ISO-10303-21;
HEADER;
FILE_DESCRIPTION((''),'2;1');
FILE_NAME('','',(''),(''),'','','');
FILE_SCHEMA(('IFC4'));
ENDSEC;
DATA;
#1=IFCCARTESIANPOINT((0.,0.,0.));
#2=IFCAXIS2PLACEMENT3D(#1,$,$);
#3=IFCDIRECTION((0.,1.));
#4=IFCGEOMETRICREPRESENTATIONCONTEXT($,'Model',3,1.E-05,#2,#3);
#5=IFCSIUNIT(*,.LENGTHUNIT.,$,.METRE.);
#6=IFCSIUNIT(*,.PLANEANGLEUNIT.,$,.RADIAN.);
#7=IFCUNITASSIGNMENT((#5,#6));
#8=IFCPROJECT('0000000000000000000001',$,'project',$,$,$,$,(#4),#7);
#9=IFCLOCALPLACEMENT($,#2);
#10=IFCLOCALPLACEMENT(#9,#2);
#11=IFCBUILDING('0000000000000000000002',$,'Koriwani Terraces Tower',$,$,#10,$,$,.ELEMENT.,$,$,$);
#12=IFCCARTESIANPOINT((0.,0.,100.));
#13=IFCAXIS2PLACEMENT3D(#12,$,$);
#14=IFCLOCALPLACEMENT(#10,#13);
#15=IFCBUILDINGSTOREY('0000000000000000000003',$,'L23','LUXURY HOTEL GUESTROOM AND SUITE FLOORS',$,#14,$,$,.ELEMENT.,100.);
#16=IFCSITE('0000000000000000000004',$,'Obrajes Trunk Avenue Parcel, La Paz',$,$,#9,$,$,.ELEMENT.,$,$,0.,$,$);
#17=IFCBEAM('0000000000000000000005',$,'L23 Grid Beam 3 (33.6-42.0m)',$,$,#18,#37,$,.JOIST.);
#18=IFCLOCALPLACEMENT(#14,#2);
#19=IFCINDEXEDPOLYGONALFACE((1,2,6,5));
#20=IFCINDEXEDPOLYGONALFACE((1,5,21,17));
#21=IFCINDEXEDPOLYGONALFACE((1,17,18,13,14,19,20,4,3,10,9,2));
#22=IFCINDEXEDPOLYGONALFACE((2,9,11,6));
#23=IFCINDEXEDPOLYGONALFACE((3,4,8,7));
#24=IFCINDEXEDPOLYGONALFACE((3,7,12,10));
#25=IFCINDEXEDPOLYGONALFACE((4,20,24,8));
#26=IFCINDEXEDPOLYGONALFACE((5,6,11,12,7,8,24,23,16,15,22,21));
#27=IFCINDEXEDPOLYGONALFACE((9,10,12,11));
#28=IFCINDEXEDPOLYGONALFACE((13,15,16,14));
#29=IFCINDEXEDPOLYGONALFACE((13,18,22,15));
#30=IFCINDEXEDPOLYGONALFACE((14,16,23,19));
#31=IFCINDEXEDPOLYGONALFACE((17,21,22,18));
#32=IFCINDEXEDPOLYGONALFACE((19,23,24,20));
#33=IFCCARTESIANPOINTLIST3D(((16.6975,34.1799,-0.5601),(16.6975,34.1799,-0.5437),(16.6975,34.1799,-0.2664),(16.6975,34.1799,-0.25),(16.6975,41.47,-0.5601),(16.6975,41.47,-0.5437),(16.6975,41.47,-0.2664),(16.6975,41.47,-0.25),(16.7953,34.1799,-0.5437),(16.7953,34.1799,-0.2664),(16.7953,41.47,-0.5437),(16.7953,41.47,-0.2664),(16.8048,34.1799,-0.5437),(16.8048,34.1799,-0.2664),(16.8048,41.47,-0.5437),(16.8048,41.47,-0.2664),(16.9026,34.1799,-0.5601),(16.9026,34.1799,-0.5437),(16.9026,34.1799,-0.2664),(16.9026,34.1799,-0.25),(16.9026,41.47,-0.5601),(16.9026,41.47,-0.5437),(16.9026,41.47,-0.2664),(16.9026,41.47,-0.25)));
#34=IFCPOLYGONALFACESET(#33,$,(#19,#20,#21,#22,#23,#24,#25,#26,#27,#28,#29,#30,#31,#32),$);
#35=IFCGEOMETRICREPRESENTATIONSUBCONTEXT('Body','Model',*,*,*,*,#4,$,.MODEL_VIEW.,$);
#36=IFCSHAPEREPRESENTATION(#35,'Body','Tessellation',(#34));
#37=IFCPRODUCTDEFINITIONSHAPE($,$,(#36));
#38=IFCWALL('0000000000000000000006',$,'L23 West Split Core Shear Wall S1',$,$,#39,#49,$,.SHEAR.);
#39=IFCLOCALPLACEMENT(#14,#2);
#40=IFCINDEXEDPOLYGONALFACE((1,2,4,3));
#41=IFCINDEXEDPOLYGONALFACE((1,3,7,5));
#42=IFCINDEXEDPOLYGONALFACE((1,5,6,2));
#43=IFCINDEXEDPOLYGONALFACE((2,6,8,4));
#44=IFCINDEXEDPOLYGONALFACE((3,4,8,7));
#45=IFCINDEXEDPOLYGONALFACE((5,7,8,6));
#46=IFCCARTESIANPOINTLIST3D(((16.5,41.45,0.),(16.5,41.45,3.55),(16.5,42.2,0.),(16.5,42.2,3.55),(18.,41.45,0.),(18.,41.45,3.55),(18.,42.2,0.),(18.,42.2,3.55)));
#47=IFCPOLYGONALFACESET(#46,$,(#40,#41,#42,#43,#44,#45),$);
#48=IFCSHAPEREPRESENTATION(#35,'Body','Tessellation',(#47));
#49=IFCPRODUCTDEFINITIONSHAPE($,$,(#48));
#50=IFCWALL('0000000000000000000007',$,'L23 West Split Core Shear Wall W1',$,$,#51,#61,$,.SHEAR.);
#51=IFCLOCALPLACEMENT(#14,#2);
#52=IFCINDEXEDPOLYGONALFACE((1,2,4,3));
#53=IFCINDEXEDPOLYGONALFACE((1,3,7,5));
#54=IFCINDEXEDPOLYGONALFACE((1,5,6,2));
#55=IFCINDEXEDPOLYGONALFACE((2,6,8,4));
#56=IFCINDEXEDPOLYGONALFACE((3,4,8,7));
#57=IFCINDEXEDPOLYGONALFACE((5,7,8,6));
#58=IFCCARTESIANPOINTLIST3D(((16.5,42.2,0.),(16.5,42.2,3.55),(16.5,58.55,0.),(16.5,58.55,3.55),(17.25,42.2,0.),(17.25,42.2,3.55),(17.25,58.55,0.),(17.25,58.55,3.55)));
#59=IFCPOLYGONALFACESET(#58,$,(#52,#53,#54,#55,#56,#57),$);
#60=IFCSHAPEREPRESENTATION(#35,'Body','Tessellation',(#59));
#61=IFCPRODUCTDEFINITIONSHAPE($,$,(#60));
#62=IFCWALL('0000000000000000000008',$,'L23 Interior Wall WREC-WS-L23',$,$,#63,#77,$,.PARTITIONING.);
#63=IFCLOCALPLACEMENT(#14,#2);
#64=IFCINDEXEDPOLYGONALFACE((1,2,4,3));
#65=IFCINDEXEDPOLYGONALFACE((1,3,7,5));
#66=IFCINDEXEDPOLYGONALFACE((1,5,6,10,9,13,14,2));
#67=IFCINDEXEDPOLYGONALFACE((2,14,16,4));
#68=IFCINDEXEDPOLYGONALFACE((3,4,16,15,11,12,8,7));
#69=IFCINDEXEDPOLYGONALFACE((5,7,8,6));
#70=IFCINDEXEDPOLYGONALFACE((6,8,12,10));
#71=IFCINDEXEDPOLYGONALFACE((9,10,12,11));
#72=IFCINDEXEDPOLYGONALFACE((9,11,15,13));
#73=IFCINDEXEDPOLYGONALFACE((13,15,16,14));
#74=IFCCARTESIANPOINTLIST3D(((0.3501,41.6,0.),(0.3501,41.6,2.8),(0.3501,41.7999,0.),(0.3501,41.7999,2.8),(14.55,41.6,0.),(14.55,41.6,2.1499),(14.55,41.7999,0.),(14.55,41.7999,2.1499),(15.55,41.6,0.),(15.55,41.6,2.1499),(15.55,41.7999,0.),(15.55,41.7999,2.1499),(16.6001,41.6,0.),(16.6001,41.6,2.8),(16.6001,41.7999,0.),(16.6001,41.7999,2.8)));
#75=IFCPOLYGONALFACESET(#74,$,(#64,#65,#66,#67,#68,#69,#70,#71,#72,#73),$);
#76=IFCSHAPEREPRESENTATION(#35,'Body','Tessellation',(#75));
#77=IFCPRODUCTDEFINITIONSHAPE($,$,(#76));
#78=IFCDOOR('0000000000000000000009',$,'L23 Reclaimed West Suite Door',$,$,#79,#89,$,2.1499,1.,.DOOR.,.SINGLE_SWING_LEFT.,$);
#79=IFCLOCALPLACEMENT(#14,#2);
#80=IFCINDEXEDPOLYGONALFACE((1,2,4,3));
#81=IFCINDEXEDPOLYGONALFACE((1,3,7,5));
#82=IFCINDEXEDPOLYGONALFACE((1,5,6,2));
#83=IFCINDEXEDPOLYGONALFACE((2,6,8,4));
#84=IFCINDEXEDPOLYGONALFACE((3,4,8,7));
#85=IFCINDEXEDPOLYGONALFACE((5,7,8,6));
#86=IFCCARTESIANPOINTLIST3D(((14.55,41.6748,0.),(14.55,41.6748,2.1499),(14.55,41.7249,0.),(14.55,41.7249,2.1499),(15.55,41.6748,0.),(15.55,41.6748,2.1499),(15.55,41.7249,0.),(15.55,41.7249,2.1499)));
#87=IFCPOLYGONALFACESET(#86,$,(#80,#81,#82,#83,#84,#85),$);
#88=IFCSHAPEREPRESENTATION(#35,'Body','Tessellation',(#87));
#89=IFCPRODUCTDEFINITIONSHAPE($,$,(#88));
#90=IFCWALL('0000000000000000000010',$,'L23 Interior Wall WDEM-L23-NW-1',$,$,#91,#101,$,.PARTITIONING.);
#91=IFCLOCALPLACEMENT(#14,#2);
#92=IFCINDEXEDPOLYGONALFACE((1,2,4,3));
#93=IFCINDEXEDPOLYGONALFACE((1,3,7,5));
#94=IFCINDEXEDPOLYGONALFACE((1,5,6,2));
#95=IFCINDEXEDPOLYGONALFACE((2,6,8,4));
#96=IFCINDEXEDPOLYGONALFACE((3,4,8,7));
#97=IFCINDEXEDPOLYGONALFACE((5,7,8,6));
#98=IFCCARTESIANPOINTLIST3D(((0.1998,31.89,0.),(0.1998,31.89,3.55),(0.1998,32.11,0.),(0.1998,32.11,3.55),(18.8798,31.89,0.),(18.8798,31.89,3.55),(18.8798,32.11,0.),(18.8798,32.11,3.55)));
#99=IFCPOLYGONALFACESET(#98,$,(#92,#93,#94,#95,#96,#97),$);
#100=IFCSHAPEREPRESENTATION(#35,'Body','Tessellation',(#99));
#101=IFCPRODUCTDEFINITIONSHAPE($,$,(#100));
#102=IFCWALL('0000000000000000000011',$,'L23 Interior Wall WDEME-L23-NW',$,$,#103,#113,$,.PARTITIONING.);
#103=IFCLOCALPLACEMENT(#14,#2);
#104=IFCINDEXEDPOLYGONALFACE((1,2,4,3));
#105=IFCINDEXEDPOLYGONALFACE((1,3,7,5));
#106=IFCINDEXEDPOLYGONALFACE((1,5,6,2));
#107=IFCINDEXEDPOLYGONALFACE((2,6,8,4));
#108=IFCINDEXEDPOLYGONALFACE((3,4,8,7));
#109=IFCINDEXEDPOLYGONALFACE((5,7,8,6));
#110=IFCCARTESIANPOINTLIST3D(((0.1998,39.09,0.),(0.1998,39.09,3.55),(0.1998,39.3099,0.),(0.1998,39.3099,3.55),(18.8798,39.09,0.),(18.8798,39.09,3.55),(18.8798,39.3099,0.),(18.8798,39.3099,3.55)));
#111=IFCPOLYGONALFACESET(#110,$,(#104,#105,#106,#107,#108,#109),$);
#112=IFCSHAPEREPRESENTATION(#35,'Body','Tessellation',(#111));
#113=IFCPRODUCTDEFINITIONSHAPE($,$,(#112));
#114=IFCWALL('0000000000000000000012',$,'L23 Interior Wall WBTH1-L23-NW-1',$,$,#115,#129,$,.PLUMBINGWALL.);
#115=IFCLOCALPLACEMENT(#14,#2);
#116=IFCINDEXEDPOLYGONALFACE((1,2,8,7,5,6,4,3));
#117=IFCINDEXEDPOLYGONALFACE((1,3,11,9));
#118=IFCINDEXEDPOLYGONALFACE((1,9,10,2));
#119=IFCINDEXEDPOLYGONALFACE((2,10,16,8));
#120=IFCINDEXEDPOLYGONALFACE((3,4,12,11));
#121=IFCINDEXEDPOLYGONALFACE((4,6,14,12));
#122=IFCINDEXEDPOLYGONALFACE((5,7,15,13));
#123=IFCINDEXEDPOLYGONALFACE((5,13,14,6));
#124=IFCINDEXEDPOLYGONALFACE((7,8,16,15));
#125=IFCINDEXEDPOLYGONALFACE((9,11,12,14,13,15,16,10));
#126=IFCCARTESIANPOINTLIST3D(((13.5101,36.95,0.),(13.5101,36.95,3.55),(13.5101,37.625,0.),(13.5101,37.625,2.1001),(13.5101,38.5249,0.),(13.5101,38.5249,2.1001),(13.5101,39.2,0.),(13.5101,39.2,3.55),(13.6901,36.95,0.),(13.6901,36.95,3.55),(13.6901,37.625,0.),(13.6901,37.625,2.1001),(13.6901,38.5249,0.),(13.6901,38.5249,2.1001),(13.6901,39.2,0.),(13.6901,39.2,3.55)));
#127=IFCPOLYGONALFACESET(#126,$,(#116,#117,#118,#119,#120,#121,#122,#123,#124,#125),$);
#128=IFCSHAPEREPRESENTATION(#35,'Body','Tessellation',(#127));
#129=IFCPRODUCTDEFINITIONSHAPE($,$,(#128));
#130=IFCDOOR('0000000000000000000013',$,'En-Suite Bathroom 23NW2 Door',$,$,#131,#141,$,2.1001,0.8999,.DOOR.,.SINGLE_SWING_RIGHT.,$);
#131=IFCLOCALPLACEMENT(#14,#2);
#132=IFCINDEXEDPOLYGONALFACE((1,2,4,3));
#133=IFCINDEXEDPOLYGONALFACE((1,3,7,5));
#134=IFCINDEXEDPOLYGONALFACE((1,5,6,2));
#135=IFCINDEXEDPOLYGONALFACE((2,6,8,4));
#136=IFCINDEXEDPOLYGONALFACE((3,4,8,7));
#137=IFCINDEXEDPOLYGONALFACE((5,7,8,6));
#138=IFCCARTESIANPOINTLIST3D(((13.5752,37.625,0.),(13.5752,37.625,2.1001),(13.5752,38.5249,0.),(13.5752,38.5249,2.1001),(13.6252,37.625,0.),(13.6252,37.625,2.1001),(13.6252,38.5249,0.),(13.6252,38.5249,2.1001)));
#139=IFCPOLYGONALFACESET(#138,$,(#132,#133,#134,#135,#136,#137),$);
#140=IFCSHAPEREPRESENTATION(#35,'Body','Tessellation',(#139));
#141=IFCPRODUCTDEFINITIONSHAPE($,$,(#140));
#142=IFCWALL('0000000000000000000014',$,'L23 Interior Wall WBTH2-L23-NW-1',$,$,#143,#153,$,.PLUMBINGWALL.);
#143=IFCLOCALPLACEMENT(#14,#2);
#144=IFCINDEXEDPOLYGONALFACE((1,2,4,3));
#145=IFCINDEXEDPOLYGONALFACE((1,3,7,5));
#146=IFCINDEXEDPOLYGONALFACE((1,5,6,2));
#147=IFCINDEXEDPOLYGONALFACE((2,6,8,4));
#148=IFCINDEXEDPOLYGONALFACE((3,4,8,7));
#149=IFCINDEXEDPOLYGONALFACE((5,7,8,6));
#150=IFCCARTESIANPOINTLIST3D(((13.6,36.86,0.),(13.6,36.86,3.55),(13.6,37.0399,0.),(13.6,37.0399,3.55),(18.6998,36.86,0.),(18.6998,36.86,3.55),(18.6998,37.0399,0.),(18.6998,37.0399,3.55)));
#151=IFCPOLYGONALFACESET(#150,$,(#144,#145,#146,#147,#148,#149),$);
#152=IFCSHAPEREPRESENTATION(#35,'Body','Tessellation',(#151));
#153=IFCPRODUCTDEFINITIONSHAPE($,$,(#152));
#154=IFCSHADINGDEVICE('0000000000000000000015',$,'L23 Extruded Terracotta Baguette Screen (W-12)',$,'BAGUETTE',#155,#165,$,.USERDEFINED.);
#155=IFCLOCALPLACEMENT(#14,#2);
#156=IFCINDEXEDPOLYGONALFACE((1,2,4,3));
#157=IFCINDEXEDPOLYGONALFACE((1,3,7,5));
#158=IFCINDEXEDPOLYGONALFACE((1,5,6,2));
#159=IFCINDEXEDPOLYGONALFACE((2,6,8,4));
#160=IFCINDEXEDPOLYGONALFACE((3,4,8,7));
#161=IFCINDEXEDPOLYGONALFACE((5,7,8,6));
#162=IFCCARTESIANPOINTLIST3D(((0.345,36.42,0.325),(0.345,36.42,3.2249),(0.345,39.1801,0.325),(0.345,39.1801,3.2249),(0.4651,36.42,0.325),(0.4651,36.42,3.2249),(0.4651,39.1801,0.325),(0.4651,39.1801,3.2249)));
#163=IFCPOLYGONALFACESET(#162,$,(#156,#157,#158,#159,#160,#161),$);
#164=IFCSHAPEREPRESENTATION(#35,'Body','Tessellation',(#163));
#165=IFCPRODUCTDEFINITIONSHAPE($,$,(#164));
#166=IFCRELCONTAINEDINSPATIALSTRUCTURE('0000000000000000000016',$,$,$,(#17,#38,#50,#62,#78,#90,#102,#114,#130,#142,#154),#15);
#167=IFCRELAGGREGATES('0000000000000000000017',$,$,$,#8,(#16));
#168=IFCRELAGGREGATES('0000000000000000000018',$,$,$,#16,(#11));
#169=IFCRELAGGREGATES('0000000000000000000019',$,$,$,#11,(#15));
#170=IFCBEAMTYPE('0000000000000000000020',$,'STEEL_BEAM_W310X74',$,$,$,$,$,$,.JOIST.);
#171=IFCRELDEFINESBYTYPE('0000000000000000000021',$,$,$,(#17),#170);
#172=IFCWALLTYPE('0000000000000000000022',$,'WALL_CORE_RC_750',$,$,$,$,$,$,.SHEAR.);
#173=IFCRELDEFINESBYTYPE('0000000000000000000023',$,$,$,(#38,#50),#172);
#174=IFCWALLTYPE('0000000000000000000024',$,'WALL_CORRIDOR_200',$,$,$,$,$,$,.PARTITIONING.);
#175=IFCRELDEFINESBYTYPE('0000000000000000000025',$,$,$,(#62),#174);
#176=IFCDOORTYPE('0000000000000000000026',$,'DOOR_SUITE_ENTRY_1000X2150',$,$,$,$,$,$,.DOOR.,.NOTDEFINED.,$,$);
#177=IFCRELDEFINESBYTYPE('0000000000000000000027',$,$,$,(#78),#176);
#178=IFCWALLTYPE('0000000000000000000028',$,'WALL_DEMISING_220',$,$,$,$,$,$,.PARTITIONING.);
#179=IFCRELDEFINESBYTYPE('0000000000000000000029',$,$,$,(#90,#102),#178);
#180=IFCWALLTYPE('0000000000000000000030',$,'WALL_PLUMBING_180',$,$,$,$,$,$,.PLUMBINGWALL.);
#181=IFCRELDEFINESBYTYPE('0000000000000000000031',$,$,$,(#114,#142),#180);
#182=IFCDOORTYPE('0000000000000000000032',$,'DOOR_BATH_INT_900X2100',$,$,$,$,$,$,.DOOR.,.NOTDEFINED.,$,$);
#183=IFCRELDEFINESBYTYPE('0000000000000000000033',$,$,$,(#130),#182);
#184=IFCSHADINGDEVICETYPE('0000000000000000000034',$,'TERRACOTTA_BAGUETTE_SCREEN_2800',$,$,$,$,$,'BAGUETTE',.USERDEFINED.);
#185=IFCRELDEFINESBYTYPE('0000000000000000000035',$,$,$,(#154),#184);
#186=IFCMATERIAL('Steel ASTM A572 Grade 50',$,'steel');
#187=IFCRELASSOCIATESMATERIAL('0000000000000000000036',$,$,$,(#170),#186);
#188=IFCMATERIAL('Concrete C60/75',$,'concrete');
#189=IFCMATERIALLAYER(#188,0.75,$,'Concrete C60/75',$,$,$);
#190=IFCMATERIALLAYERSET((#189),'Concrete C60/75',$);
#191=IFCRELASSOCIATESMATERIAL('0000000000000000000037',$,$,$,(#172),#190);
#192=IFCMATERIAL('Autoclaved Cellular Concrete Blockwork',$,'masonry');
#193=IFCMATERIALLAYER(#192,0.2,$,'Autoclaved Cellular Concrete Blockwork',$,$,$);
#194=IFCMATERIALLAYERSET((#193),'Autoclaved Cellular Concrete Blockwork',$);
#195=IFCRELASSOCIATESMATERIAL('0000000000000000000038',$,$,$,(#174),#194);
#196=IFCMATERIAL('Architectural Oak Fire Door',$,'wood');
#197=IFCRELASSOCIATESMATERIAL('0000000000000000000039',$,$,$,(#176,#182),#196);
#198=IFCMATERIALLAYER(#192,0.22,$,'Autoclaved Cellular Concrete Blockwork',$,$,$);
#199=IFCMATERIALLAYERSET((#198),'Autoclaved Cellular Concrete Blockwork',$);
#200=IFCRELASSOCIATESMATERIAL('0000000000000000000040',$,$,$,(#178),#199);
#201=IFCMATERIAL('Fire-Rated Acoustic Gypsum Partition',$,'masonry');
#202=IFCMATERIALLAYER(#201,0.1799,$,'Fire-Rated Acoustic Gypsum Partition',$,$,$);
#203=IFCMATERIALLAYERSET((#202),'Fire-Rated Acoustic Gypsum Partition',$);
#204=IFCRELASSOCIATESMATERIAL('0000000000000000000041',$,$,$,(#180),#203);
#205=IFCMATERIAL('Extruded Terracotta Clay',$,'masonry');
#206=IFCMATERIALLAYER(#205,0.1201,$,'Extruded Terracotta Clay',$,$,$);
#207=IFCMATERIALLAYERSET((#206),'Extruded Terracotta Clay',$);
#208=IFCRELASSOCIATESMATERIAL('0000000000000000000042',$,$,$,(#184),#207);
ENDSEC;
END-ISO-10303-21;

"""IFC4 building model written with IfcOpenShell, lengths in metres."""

from ifc_helpers import new_model, si_unit, direction, frame, frame_2d, origin, origin_2d, place, context, subcontext, project, spatial, rectangle, i_section, extrude, material, layer, layer_set, material_profile, profile_set, type_object, element, fill, save


model = new_model("IFC4")

# Units and contexts
model_context = context("Model", 3, precision=1e-05, world=origin(), true_north=direction((0.0, 1.0)))
body_context = subcontext(model_context, "Body", "Model", "MODEL_VIEW")
ifc_project = project(units=[si_unit("LENGTHUNIT", "METRE"), si_unit("PLANEANGLEUNIT", "RADIAN")], contexts=[model_context])

# Site, building, storey
site_placement = place(None, origin())
site = spatial("IfcSite", under=ifc_project, at=site_placement, Name="Obrajes Trunk Avenue Parcel, La Paz", CompositionType="ELEMENT", RefElevation=0.0)
building_placement = place(site_placement, origin())
building = spatial("IfcBuilding", under=site, at=building_placement, Name="Koriwani Terraces Tower", CompositionType="ELEMENT")
storey_placement = place(building_placement, frame((0.0, 0.0, 100.0)))
storey = spatial("IfcBuildingStorey", under=building, at=storey_placement, Name="L23", Description="LUXURY HOTEL GUESTROOM AND SUITE FLOORS", CompositionType="ELEMENT", Elevation=100.0)

# Shared definitions
ifc_material_1 = material(Name="Concrete C60/75", Category="concrete")

# Beam
ifc_material_2 = material(Name="Steel ASTM A572 Grade 50", Category="steel")
ifc_material_profile_1 = material_profile(ifc_material_2, i_section(OverallWidth=0.2051, OverallDepth=0.3101, WebThickness=0.0095, FlangeThickness=0.0164, at=origin_2d()), Name="Steel ASTM A572 Grade 50", Category="LoadBearing")
ifc_profile_set_1 = profile_set([ifc_material_profile_1], Name="Steel ASTM A572 Grade 50")
beam_type_1 = type_object("IfcBeamType", Name="STEEL_BEAM_W310X74", PredefinedType="JOIST", material=ifc_profile_set_1)
beam_1_placement = place(storey_placement, frame((16.8, 34.1799, -0.405), z_axis=(0.0, 1.0, 0.0), x_axis=(-1.0, 0.0, 0.0)))
element("IfcBeam", 1, at=beam_1_placement, inside=storey, type_object=beam_type_1, Name="L23 Grid Beam 3 (33.6-42.0m)", PredefinedType="JOIST", context=body_context, shape_type="SweptSolid", body=[
    extrude(i_section(OverallWidth=0.2051, OverallDepth=0.3101, WebThickness=0.0095, FlangeThickness=0.0164, at=origin_2d()), origin(), (0.0, 0.0, 1.0), 7.29),
])

# Walls
ifc_layer_1 = layer(ifc_material_1, 0.75, Name="Concrete C60/75")
ifc_layer_set_1 = layer_set([ifc_layer_1], Name="Concrete C60/75")
wall_type_1 = type_object("IfcWallType", Name="WALL_CORE_RC_750", PredefinedType="SHEAR", material=ifc_layer_set_1)
wall_1_placement = place(storey_placement, frame((16.5, 41.825, 0.0), z_axis=(0.0, 0.0, 1.0), x_axis=(1.0, 0.0, 0.0)))
element("IfcWall", 2, at=wall_1_placement, inside=storey, type_object=wall_type_1, Name="L23 West Split Core Shear Wall S1", PredefinedType="SHEAR", context=body_context, shape_type="SweptSolid", body=[
    extrude(rectangle(XDim=1.5, YDim=0.75, at=frame_2d((0.75, 0.0))), origin(), (0.0, 0.0, 1.0), 3.55),
])
wall_2_placement = place(storey_placement, frame((16.875, 42.2, 0.0), z_axis=(0.0, 0.0, 1.0), x_axis=(0.0, 1.0, 0.0)))
element("IfcWall", 3, at=wall_2_placement, inside=storey, type_object=wall_type_1, Name="L23 West Split Core Shear Wall W1", PredefinedType="SHEAR", context=body_context, shape_type="SweptSolid", body=[
    extrude(rectangle(XDim=16.3501, YDim=0.75, at=frame_2d((8.175, 0.0))), origin(), (0.0, 0.0, 1.0), 3.55),
])

# Wall, opening, door
ifc_material_3 = material(Name="Autoclaved Cellular Concrete Blockwork", Category="masonry")
ifc_layer_2 = layer(ifc_material_3, 0.2, Name="Autoclaved Cellular Concrete Blockwork")
ifc_layer_set_2 = layer_set([ifc_layer_2], Name="Autoclaved Cellular Concrete Blockwork")
wall_type_2 = type_object("IfcWallType", Name="WALL_CORRIDOR_200", PredefinedType="PARTITIONING", material=ifc_layer_set_2)
wall_3_placement = place(storey_placement, frame((0.3501, 41.7, 0.0), z_axis=(0.0, 0.0, 1.0), x_axis=(1.0, 0.0, 0.0)))
wall_3 = element("IfcWall", 4, at=wall_3_placement, inside=storey, type_object=wall_type_2, Name="L23 Interior Wall WREC-WS-L23", PredefinedType="PARTITIONING", context=body_context, shape_type="SweptSolid", body=[
    extrude(rectangle(XDim=16.25, YDim=0.2, at=frame_2d((8.125, 0.0))), origin(), (0.0, 0.0, 1.0), 2.8),
])
opening_1_placement = place(wall_3_placement, frame((14.2, 0.0, 0.0)))
opening_1 = element("IfcOpeningElement", 5, at=opening_1_placement, cuts=wall_3, PredefinedType="OPENING", context=body_context, shape_type="SweptSolid", body=[
    extrude(rectangle(XDim=1.0, YDim=2.1499, at=frame_2d((0.5, 1.075))), frame((0.0, 0.1099, 0.0), z_axis=(0.0, -1.0, 0.0), x_axis=(1.0, 0.0, 0.0)), (0.0, 0.0, 1.0), 0.22),
])
ifc_material_4 = material(Name="Architectural Oak Fire Door", Category="wood")
door_type_1 = type_object("IfcDoorType", Name="DOOR_SUITE_ENTRY_1000X2150", OperationType="NOTDEFINED", PredefinedType="DOOR", material=ifc_material_4)
door_1_placement = place(opening_1_placement, origin())
door_1 = element("IfcDoor", 6, at=door_1_placement, inside=storey, type_object=door_type_1, Name="L23 Reclaimed West Suite Door", OperationType="SINGLE_SWING_LEFT", OverallHeight=2.1499, OverallWidth=1.0, PredefinedType="DOOR", context=body_context, shape_type="SweptSolid", body=[
    extrude(rectangle(XDim=1.0, YDim=2.1499, at=frame_2d((0.5, 1.075))), frame((0.0, 0.0249, 0.0), z_axis=(0.0, -1.0, 0.0), x_axis=(1.0, 0.0, 0.0)), (0.0, 0.0, 1.0), 0.05),
])
fill(opening_1, door_1)

# Walls
ifc_layer_3 = layer(ifc_material_3, 0.22, Name="Autoclaved Cellular Concrete Blockwork")
ifc_layer_set_3 = layer_set([ifc_layer_3], Name="Autoclaved Cellular Concrete Blockwork")
wall_type_3 = type_object("IfcWallType", Name="WALL_DEMISING_220", PredefinedType="PARTITIONING", material=ifc_layer_set_3)
for number, where, z_axis, x_axis, name in (
    (7, (0.2, 32.0, 0.0), (0.0, 0.0, 1.0), (1.0, 0.0, 0.0), "L23 Interior Wall WDEM-L23-NW-1"),
    (8, (0.2, 39.2, 0.0), (0.0, 0.0, 1.0), (1.0, 0.0, 0.0), "L23 Interior Wall WDEME-L23-NW"),
):
    element("IfcWall", number, at=place(storey_placement, frame(where, z_axis=z_axis, x_axis=x_axis)), inside=storey, type_object=wall_type_3, Name=name, PredefinedType="PARTITIONING", context=body_context, shape_type="SweptSolid", body=[
        extrude(rectangle(XDim=18.6799, YDim=0.22, at=frame_2d((9.3398, 0.0))), origin(), (0.0, 0.0, 1.0), 3.55),
    ])

# Wall, opening, door
ifc_material_5 = material(Name="Fire-Rated Acoustic Gypsum Partition", Category="masonry")
ifc_layer_4 = layer(ifc_material_5, 0.1799, Name="Fire-Rated Acoustic Gypsum Partition")
ifc_layer_set_4 = layer_set([ifc_layer_4], Name="Fire-Rated Acoustic Gypsum Partition")
wall_type_4 = type_object("IfcWallType", Name="WALL_PLUMBING_180", PredefinedType="PLUMBINGWALL", material=ifc_layer_set_4)
wall_4_placement = place(storey_placement, frame((13.6001, 36.95, 0.0), z_axis=(0.0, 0.0, 1.0), x_axis=(0.0, 1.0, 0.0)))
wall_4 = element("IfcWall", 9, at=wall_4_placement, inside=storey, type_object=wall_type_4, Name="L23 Interior Wall WBTH1-L23-NW-1", PredefinedType="PLUMBINGWALL", context=body_context, shape_type="SweptSolid", body=[
    extrude(rectangle(XDim=2.25, YDim=0.1799, at=frame_2d((1.125, 0.0))), origin(), (0.0, 0.0, 1.0), 3.55),
])
opening_2_placement = place(wall_4_placement, frame((0.675, 0.0, 0.0)))
opening_2 = element("IfcOpeningElement", 10, at=opening_2_placement, cuts=wall_4, PredefinedType="OPENING", context=body_context, shape_type="SweptSolid", body=[
    extrude(rectangle(XDim=0.8999, YDim=2.1001, at=frame_2d((0.45, 1.05))), frame((0.0, 0.1001, 0.0), z_axis=(0.0, -1.0, 0.0), x_axis=(1.0, 0.0, 0.0)), (0.0, 0.0, 1.0), 0.2),
])
door_type_2 = type_object("IfcDoorType", Name="DOOR_BATH_INT_900X2100", OperationType="NOTDEFINED", PredefinedType="DOOR", material=ifc_material_4)
door_2_placement = place(opening_2_placement, origin())
door_2 = element("IfcDoor", 11, at=door_2_placement, inside=storey, type_object=door_type_2, Name="En-Suite Bathroom 23NW2 Door", OperationType="SINGLE_SWING_RIGHT", OverallHeight=2.1001, OverallWidth=0.8999, PredefinedType="DOOR", context=body_context, shape_type="SweptSolid", body=[
    extrude(rectangle(XDim=0.8999, YDim=2.1001, at=frame_2d((0.45, 1.05))), frame((0.0, 0.0249, 0.0), z_axis=(0.0, -1.0, 0.0), x_axis=(1.0, 0.0, 0.0)), (0.0, 0.0, 1.0), 0.05),
])
fill(opening_2, door_2)

# Wall
wall_5_placement = place(storey_placement, frame((13.6001, 36.95, 0.0), z_axis=(0.0, 0.0, 1.0), x_axis=(1.0, 0.0, 0.0)))
element("IfcWall", 12, at=wall_5_placement, inside=storey, type_object=wall_type_4, Name="L23 Interior Wall WBTH2-L23-NW-1", PredefinedType="PLUMBINGWALL", context=body_context, shape_type="SweptSolid", body=[
    extrude(rectangle(XDim=5.0999, YDim=0.1799, at=frame_2d((2.5498, 0.0))), origin(), (0.0, 0.0, 1.0), 3.55),
])

# Shading device
ifc_material_6 = material(Name="Extruded Terracotta Clay", Category="masonry")
ifc_layer_5 = layer(ifc_material_6, 0.1201, Name="Extruded Terracotta Clay")
ifc_layer_set_5 = layer_set([ifc_layer_5], Name="Extruded Terracotta Clay")
shading_device_type = type_object("IfcShadingDeviceType", Name="TERRACOTTA_BAGUETTE_SCREEN_2800", ElementType="BAGUETTE", PredefinedType="USERDEFINED", material=ifc_layer_set_5)
shading_device_placement = place(storey_placement, frame((0.405, 37.8, 0.325), z_axis=(0.0, 0.0, 1.0), x_axis=(0.0, 1.0, 0.0)))
element("IfcShadingDevice", 13, at=shading_device_placement, inside=storey, type_object=shading_device_type, Name="L23 Extruded Terracotta Baguette Screen (W-12)", ObjectType="BAGUETTE", PredefinedType="USERDEFINED", context=body_context, shape_type="SweptSolid", body=[
    extrude(rectangle(XDim=2.76, YDim=0.1201, at=origin_2d()), origin(), (0.0, 0.0, 1.0), 2.8999),
])

save(model, "model.ifc")
